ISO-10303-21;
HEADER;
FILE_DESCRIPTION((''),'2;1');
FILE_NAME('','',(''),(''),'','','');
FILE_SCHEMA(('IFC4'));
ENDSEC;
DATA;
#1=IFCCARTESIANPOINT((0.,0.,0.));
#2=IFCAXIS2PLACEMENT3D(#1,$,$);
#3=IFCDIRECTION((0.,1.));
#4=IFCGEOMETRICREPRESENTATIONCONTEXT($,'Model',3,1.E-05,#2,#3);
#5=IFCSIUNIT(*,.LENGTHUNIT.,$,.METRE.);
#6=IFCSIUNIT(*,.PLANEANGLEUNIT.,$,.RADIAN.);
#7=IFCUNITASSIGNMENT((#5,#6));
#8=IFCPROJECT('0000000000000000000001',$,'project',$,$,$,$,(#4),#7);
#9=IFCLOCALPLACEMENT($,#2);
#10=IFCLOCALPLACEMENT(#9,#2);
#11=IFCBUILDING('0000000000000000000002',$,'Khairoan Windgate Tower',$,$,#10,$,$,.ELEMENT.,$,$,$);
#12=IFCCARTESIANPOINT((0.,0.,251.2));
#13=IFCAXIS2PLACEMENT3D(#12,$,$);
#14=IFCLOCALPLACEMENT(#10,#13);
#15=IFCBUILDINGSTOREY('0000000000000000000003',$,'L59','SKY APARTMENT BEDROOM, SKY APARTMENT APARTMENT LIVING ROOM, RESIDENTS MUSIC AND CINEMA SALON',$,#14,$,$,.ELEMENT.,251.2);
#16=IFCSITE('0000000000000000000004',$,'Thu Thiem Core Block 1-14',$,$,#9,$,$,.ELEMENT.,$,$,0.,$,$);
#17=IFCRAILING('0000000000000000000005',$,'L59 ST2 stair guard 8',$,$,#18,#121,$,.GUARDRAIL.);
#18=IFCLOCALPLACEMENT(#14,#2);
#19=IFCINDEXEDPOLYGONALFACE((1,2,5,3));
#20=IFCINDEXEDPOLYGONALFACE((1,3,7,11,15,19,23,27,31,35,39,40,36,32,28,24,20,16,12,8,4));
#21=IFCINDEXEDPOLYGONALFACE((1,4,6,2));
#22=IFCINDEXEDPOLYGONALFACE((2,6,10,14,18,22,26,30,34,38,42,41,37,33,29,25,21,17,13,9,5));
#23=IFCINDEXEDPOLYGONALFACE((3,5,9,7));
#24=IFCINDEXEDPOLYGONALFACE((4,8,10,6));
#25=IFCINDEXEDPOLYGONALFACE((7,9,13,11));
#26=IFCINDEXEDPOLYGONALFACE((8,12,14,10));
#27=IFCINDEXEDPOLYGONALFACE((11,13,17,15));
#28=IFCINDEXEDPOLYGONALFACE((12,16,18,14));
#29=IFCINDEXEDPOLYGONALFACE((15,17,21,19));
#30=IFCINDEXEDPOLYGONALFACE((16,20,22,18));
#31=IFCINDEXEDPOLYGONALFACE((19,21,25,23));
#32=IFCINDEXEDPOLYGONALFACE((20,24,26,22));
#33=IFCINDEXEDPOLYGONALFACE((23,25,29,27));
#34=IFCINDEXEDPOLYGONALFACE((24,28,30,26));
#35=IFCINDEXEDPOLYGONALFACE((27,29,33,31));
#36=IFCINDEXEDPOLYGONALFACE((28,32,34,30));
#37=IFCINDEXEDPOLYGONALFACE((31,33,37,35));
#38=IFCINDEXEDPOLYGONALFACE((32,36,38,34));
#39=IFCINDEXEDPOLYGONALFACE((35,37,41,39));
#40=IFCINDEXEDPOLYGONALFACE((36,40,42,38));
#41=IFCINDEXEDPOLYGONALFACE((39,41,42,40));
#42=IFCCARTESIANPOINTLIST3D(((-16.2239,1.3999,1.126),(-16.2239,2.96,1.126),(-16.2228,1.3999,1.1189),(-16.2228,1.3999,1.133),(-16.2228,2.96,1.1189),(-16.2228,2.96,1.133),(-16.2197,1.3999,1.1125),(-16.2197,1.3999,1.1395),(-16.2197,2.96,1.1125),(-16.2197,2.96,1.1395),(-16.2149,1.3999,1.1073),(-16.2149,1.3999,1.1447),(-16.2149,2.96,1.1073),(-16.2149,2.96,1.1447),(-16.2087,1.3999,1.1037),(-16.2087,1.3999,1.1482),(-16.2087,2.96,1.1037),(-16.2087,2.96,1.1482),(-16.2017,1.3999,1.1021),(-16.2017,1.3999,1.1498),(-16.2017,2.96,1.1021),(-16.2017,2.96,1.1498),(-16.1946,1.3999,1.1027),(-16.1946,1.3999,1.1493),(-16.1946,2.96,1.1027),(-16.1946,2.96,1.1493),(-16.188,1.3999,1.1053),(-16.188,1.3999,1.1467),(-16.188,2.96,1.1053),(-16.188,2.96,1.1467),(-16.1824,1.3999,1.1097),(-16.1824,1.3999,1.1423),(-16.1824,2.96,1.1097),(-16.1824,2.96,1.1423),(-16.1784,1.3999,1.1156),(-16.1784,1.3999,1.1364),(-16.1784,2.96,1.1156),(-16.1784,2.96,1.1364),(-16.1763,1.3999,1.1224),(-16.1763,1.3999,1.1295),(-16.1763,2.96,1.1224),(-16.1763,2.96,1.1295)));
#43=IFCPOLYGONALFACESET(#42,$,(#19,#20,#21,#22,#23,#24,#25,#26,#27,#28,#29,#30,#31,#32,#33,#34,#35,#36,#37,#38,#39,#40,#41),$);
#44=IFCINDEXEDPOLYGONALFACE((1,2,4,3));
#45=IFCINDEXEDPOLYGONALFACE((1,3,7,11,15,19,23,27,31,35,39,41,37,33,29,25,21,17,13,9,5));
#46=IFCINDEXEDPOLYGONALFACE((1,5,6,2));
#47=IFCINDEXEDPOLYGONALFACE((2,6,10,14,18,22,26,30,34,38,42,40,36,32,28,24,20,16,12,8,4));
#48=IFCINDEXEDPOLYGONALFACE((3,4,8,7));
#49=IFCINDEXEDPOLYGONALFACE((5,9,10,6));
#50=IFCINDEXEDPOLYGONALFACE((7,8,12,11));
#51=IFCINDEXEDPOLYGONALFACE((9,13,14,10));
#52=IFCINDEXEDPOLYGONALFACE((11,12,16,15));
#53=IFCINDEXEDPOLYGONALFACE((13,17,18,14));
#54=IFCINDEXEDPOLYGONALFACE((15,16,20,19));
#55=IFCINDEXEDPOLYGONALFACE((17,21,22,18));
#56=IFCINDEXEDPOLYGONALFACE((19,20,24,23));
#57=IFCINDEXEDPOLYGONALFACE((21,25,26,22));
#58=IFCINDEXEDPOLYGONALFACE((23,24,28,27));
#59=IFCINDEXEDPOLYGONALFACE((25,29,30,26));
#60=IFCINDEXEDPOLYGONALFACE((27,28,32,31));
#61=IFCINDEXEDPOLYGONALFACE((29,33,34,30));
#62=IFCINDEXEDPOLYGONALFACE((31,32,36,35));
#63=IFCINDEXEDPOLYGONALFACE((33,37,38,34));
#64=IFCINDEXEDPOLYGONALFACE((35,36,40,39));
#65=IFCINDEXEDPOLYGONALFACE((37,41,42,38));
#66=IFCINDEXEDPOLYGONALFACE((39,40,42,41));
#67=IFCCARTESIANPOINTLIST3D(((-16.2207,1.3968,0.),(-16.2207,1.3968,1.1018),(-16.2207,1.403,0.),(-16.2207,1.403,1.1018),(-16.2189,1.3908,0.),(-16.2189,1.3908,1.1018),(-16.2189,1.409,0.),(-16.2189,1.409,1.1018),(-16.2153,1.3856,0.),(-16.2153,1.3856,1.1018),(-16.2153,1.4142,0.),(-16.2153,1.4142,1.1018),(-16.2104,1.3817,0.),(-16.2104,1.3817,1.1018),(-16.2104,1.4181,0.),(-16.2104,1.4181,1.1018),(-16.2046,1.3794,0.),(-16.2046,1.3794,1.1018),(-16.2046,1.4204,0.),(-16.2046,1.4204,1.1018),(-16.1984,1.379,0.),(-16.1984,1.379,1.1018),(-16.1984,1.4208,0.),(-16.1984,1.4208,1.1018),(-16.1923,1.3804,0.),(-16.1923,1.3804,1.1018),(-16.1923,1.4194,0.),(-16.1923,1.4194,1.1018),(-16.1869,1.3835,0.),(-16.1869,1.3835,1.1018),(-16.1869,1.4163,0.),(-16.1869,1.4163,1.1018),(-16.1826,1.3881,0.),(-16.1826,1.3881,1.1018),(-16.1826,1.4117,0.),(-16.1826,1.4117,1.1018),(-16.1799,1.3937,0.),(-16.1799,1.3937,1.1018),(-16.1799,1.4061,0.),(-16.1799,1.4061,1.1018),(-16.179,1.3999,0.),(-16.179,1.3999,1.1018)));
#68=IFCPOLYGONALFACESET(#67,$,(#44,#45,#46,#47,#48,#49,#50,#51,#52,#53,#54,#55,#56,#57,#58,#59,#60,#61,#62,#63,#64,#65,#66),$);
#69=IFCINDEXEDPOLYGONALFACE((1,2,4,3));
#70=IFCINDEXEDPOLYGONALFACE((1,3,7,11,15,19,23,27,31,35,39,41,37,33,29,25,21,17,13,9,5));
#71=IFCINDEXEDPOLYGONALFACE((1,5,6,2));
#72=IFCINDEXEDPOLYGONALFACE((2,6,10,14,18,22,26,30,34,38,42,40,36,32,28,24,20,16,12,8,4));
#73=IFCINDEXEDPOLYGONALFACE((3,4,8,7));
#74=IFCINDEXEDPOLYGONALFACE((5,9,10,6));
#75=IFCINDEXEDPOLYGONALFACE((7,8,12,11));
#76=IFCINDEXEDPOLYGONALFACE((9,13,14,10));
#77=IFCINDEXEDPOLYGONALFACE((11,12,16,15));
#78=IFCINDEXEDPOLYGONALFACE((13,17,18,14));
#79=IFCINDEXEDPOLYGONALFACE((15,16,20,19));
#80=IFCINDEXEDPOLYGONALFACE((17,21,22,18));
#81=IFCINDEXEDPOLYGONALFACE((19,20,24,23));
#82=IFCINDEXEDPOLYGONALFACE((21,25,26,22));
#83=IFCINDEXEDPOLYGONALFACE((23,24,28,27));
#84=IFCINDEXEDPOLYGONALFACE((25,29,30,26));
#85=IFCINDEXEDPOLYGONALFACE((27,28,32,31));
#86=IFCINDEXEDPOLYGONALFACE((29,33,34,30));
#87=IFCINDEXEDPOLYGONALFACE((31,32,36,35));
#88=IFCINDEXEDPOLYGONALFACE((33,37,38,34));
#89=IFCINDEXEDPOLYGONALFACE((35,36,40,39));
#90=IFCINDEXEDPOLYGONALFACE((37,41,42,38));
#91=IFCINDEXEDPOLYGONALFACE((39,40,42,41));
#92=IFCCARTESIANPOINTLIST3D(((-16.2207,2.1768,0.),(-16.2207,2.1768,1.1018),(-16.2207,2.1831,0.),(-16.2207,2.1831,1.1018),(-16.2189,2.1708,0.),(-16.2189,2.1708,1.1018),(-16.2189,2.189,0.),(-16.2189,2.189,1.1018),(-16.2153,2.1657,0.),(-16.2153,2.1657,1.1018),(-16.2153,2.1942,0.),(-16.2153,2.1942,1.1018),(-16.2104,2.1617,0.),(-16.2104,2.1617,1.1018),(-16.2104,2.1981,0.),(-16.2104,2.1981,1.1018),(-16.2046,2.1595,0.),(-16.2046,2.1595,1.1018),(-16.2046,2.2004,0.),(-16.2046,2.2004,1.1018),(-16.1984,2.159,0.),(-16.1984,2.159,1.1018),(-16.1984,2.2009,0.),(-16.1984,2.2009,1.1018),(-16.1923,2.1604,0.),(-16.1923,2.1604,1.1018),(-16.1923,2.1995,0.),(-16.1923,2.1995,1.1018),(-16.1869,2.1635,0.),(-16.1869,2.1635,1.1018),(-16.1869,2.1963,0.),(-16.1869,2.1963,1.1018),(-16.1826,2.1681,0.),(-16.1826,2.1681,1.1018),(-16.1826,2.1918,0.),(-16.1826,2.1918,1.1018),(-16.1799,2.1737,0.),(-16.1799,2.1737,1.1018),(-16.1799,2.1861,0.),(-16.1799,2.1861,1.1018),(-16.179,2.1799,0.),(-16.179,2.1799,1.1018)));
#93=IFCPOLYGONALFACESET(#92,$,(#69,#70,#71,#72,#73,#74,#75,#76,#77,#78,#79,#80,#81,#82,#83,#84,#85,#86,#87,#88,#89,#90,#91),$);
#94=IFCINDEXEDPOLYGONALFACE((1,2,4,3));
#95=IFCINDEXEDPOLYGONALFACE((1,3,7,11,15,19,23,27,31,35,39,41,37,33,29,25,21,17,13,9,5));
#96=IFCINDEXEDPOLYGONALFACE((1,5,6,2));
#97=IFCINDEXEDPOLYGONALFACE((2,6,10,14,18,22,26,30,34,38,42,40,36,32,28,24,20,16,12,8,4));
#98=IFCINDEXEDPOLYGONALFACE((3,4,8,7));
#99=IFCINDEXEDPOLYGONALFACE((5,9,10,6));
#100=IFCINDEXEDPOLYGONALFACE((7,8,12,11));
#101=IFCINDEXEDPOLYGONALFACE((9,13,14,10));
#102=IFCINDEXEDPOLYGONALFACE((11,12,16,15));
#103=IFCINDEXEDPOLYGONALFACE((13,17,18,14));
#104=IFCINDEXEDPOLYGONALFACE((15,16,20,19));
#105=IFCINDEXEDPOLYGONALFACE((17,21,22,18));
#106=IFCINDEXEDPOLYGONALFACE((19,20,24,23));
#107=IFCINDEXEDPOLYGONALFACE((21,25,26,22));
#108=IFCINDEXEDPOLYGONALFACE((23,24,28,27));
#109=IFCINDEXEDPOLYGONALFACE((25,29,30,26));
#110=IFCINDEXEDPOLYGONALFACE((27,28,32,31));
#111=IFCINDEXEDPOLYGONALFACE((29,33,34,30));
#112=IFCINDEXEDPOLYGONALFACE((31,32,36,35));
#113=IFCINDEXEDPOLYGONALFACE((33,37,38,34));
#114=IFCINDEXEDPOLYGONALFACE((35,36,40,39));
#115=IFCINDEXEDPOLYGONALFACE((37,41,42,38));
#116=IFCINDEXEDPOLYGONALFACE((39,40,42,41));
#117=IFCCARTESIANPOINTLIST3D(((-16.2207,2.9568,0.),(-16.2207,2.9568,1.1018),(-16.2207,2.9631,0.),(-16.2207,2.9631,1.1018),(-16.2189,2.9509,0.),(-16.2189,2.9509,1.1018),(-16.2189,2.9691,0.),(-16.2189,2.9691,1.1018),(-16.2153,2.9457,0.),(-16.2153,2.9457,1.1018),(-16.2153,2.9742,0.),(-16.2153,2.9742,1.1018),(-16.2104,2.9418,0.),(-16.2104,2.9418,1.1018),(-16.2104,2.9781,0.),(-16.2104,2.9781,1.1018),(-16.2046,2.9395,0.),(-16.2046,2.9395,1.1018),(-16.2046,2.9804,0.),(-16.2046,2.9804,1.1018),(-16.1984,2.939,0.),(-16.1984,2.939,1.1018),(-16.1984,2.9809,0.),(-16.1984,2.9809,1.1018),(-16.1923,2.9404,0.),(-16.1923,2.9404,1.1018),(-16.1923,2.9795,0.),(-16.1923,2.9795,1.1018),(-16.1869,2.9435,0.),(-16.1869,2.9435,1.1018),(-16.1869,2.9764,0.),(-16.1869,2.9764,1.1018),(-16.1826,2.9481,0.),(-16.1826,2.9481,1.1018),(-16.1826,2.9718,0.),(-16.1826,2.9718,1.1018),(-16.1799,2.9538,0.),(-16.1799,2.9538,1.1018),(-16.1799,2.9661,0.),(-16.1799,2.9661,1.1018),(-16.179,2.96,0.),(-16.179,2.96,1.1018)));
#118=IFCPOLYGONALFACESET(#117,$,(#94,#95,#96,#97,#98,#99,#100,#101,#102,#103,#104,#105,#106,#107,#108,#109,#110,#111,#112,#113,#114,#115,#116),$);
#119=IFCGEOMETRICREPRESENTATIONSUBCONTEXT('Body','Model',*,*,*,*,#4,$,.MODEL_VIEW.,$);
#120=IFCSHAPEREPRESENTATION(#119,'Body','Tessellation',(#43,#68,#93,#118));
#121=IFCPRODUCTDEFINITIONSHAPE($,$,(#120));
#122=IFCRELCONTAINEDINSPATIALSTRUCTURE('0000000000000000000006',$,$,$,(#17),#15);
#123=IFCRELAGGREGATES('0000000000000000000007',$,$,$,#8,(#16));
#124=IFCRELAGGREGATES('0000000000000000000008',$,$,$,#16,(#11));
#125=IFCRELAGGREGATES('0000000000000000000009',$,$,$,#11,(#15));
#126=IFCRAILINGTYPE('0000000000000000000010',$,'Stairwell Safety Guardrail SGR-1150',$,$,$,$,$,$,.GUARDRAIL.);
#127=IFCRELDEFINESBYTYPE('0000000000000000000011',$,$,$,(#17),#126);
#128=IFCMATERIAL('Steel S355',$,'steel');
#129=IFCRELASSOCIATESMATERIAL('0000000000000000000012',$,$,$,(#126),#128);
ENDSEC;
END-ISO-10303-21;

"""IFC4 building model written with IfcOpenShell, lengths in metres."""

from ifc_helpers import new_model, si_unit, direction, frame, origin, origin_2d, place, context, subcontext, project, spatial, circle, extrude, material, type_object, element, save


model = new_model("IFC4")

# Units and contexts
model_context = context("Model", 3, precision=1e-05, world=origin(), true_north=direction((0.0, 1.0)))
body_context = subcontext(model_context, "Body", "Model", "MODEL_VIEW")
ifc_project = project(units=[si_unit("LENGTHUNIT", "METRE"), si_unit("PLANEANGLEUNIT", "RADIAN")], contexts=[model_context])

# Site, building, storey
site_placement = place(None, origin())
site = spatial("IfcSite", under=ifc_project, at=site_placement, Name="Thu Thiem Core Block 1-14", CompositionType="ELEMENT", RefElevation=0.0)
building_placement = place(site_placement, origin())
building = spatial("IfcBuilding", under=site, at=building_placement, Name="Khairoan Windgate Tower", CompositionType="ELEMENT")
storey_placement = place(building_placement, frame((0.0, 0.0, 251.2)))
storey = spatial("IfcBuildingStorey", under=building, at=storey_placement, Name="L59", Description="SKY APARTMENT BEDROOM, SKY APARTMENT APARTMENT LIVING ROOM, RESIDENTS MUSIC AND CINEMA SALON", CompositionType="ELEMENT", Elevation=251.2)

# Railing
ifc_material_1 = material(Name="Steel S355", Category="steel")
railing_type_1 = type_object("IfcRailingType", Name="Stairwell Safety Guardrail SGR-1150", PredefinedType="GUARDRAIL", material=ifc_material_1)
railing_1_placement = place(storey_placement, frame((-16.2, 1.3999, 0.0)))
element("IfcRailing", 1, at=railing_1_placement, inside=storey, type_object=railing_type_1, Name="L59 ST2 stair guard 8", PredefinedType="GUARDRAIL", context=body_context, shape_type="SweptSolid", body=[
    extrude(circle(Radius=0.0239, at=origin_2d()), frame((0.0, 0.0, 1.126), z_axis=(0.0, 1.0, 0.0), x_axis=(-1.0, 0.0, 0.0)), (0.0, 0.0, 1.0), 1.5601),
    extrude(circle(Radius=0.021, at=origin_2d()), origin(), (0.0, 0.0, 1.0), 1.1018),
    extrude(circle(Radius=0.021, at=origin_2d()), frame((0.0, 0.78, 0.0)), (0.0, 0.0, 1.0), 1.1018),
    extrude(circle(Radius=0.021, at=origin_2d()), frame((0.0, 1.5601, 0.0)), (0.0, 0.0, 1.0), 1.1018),
])

save(model, "model.ifc")
